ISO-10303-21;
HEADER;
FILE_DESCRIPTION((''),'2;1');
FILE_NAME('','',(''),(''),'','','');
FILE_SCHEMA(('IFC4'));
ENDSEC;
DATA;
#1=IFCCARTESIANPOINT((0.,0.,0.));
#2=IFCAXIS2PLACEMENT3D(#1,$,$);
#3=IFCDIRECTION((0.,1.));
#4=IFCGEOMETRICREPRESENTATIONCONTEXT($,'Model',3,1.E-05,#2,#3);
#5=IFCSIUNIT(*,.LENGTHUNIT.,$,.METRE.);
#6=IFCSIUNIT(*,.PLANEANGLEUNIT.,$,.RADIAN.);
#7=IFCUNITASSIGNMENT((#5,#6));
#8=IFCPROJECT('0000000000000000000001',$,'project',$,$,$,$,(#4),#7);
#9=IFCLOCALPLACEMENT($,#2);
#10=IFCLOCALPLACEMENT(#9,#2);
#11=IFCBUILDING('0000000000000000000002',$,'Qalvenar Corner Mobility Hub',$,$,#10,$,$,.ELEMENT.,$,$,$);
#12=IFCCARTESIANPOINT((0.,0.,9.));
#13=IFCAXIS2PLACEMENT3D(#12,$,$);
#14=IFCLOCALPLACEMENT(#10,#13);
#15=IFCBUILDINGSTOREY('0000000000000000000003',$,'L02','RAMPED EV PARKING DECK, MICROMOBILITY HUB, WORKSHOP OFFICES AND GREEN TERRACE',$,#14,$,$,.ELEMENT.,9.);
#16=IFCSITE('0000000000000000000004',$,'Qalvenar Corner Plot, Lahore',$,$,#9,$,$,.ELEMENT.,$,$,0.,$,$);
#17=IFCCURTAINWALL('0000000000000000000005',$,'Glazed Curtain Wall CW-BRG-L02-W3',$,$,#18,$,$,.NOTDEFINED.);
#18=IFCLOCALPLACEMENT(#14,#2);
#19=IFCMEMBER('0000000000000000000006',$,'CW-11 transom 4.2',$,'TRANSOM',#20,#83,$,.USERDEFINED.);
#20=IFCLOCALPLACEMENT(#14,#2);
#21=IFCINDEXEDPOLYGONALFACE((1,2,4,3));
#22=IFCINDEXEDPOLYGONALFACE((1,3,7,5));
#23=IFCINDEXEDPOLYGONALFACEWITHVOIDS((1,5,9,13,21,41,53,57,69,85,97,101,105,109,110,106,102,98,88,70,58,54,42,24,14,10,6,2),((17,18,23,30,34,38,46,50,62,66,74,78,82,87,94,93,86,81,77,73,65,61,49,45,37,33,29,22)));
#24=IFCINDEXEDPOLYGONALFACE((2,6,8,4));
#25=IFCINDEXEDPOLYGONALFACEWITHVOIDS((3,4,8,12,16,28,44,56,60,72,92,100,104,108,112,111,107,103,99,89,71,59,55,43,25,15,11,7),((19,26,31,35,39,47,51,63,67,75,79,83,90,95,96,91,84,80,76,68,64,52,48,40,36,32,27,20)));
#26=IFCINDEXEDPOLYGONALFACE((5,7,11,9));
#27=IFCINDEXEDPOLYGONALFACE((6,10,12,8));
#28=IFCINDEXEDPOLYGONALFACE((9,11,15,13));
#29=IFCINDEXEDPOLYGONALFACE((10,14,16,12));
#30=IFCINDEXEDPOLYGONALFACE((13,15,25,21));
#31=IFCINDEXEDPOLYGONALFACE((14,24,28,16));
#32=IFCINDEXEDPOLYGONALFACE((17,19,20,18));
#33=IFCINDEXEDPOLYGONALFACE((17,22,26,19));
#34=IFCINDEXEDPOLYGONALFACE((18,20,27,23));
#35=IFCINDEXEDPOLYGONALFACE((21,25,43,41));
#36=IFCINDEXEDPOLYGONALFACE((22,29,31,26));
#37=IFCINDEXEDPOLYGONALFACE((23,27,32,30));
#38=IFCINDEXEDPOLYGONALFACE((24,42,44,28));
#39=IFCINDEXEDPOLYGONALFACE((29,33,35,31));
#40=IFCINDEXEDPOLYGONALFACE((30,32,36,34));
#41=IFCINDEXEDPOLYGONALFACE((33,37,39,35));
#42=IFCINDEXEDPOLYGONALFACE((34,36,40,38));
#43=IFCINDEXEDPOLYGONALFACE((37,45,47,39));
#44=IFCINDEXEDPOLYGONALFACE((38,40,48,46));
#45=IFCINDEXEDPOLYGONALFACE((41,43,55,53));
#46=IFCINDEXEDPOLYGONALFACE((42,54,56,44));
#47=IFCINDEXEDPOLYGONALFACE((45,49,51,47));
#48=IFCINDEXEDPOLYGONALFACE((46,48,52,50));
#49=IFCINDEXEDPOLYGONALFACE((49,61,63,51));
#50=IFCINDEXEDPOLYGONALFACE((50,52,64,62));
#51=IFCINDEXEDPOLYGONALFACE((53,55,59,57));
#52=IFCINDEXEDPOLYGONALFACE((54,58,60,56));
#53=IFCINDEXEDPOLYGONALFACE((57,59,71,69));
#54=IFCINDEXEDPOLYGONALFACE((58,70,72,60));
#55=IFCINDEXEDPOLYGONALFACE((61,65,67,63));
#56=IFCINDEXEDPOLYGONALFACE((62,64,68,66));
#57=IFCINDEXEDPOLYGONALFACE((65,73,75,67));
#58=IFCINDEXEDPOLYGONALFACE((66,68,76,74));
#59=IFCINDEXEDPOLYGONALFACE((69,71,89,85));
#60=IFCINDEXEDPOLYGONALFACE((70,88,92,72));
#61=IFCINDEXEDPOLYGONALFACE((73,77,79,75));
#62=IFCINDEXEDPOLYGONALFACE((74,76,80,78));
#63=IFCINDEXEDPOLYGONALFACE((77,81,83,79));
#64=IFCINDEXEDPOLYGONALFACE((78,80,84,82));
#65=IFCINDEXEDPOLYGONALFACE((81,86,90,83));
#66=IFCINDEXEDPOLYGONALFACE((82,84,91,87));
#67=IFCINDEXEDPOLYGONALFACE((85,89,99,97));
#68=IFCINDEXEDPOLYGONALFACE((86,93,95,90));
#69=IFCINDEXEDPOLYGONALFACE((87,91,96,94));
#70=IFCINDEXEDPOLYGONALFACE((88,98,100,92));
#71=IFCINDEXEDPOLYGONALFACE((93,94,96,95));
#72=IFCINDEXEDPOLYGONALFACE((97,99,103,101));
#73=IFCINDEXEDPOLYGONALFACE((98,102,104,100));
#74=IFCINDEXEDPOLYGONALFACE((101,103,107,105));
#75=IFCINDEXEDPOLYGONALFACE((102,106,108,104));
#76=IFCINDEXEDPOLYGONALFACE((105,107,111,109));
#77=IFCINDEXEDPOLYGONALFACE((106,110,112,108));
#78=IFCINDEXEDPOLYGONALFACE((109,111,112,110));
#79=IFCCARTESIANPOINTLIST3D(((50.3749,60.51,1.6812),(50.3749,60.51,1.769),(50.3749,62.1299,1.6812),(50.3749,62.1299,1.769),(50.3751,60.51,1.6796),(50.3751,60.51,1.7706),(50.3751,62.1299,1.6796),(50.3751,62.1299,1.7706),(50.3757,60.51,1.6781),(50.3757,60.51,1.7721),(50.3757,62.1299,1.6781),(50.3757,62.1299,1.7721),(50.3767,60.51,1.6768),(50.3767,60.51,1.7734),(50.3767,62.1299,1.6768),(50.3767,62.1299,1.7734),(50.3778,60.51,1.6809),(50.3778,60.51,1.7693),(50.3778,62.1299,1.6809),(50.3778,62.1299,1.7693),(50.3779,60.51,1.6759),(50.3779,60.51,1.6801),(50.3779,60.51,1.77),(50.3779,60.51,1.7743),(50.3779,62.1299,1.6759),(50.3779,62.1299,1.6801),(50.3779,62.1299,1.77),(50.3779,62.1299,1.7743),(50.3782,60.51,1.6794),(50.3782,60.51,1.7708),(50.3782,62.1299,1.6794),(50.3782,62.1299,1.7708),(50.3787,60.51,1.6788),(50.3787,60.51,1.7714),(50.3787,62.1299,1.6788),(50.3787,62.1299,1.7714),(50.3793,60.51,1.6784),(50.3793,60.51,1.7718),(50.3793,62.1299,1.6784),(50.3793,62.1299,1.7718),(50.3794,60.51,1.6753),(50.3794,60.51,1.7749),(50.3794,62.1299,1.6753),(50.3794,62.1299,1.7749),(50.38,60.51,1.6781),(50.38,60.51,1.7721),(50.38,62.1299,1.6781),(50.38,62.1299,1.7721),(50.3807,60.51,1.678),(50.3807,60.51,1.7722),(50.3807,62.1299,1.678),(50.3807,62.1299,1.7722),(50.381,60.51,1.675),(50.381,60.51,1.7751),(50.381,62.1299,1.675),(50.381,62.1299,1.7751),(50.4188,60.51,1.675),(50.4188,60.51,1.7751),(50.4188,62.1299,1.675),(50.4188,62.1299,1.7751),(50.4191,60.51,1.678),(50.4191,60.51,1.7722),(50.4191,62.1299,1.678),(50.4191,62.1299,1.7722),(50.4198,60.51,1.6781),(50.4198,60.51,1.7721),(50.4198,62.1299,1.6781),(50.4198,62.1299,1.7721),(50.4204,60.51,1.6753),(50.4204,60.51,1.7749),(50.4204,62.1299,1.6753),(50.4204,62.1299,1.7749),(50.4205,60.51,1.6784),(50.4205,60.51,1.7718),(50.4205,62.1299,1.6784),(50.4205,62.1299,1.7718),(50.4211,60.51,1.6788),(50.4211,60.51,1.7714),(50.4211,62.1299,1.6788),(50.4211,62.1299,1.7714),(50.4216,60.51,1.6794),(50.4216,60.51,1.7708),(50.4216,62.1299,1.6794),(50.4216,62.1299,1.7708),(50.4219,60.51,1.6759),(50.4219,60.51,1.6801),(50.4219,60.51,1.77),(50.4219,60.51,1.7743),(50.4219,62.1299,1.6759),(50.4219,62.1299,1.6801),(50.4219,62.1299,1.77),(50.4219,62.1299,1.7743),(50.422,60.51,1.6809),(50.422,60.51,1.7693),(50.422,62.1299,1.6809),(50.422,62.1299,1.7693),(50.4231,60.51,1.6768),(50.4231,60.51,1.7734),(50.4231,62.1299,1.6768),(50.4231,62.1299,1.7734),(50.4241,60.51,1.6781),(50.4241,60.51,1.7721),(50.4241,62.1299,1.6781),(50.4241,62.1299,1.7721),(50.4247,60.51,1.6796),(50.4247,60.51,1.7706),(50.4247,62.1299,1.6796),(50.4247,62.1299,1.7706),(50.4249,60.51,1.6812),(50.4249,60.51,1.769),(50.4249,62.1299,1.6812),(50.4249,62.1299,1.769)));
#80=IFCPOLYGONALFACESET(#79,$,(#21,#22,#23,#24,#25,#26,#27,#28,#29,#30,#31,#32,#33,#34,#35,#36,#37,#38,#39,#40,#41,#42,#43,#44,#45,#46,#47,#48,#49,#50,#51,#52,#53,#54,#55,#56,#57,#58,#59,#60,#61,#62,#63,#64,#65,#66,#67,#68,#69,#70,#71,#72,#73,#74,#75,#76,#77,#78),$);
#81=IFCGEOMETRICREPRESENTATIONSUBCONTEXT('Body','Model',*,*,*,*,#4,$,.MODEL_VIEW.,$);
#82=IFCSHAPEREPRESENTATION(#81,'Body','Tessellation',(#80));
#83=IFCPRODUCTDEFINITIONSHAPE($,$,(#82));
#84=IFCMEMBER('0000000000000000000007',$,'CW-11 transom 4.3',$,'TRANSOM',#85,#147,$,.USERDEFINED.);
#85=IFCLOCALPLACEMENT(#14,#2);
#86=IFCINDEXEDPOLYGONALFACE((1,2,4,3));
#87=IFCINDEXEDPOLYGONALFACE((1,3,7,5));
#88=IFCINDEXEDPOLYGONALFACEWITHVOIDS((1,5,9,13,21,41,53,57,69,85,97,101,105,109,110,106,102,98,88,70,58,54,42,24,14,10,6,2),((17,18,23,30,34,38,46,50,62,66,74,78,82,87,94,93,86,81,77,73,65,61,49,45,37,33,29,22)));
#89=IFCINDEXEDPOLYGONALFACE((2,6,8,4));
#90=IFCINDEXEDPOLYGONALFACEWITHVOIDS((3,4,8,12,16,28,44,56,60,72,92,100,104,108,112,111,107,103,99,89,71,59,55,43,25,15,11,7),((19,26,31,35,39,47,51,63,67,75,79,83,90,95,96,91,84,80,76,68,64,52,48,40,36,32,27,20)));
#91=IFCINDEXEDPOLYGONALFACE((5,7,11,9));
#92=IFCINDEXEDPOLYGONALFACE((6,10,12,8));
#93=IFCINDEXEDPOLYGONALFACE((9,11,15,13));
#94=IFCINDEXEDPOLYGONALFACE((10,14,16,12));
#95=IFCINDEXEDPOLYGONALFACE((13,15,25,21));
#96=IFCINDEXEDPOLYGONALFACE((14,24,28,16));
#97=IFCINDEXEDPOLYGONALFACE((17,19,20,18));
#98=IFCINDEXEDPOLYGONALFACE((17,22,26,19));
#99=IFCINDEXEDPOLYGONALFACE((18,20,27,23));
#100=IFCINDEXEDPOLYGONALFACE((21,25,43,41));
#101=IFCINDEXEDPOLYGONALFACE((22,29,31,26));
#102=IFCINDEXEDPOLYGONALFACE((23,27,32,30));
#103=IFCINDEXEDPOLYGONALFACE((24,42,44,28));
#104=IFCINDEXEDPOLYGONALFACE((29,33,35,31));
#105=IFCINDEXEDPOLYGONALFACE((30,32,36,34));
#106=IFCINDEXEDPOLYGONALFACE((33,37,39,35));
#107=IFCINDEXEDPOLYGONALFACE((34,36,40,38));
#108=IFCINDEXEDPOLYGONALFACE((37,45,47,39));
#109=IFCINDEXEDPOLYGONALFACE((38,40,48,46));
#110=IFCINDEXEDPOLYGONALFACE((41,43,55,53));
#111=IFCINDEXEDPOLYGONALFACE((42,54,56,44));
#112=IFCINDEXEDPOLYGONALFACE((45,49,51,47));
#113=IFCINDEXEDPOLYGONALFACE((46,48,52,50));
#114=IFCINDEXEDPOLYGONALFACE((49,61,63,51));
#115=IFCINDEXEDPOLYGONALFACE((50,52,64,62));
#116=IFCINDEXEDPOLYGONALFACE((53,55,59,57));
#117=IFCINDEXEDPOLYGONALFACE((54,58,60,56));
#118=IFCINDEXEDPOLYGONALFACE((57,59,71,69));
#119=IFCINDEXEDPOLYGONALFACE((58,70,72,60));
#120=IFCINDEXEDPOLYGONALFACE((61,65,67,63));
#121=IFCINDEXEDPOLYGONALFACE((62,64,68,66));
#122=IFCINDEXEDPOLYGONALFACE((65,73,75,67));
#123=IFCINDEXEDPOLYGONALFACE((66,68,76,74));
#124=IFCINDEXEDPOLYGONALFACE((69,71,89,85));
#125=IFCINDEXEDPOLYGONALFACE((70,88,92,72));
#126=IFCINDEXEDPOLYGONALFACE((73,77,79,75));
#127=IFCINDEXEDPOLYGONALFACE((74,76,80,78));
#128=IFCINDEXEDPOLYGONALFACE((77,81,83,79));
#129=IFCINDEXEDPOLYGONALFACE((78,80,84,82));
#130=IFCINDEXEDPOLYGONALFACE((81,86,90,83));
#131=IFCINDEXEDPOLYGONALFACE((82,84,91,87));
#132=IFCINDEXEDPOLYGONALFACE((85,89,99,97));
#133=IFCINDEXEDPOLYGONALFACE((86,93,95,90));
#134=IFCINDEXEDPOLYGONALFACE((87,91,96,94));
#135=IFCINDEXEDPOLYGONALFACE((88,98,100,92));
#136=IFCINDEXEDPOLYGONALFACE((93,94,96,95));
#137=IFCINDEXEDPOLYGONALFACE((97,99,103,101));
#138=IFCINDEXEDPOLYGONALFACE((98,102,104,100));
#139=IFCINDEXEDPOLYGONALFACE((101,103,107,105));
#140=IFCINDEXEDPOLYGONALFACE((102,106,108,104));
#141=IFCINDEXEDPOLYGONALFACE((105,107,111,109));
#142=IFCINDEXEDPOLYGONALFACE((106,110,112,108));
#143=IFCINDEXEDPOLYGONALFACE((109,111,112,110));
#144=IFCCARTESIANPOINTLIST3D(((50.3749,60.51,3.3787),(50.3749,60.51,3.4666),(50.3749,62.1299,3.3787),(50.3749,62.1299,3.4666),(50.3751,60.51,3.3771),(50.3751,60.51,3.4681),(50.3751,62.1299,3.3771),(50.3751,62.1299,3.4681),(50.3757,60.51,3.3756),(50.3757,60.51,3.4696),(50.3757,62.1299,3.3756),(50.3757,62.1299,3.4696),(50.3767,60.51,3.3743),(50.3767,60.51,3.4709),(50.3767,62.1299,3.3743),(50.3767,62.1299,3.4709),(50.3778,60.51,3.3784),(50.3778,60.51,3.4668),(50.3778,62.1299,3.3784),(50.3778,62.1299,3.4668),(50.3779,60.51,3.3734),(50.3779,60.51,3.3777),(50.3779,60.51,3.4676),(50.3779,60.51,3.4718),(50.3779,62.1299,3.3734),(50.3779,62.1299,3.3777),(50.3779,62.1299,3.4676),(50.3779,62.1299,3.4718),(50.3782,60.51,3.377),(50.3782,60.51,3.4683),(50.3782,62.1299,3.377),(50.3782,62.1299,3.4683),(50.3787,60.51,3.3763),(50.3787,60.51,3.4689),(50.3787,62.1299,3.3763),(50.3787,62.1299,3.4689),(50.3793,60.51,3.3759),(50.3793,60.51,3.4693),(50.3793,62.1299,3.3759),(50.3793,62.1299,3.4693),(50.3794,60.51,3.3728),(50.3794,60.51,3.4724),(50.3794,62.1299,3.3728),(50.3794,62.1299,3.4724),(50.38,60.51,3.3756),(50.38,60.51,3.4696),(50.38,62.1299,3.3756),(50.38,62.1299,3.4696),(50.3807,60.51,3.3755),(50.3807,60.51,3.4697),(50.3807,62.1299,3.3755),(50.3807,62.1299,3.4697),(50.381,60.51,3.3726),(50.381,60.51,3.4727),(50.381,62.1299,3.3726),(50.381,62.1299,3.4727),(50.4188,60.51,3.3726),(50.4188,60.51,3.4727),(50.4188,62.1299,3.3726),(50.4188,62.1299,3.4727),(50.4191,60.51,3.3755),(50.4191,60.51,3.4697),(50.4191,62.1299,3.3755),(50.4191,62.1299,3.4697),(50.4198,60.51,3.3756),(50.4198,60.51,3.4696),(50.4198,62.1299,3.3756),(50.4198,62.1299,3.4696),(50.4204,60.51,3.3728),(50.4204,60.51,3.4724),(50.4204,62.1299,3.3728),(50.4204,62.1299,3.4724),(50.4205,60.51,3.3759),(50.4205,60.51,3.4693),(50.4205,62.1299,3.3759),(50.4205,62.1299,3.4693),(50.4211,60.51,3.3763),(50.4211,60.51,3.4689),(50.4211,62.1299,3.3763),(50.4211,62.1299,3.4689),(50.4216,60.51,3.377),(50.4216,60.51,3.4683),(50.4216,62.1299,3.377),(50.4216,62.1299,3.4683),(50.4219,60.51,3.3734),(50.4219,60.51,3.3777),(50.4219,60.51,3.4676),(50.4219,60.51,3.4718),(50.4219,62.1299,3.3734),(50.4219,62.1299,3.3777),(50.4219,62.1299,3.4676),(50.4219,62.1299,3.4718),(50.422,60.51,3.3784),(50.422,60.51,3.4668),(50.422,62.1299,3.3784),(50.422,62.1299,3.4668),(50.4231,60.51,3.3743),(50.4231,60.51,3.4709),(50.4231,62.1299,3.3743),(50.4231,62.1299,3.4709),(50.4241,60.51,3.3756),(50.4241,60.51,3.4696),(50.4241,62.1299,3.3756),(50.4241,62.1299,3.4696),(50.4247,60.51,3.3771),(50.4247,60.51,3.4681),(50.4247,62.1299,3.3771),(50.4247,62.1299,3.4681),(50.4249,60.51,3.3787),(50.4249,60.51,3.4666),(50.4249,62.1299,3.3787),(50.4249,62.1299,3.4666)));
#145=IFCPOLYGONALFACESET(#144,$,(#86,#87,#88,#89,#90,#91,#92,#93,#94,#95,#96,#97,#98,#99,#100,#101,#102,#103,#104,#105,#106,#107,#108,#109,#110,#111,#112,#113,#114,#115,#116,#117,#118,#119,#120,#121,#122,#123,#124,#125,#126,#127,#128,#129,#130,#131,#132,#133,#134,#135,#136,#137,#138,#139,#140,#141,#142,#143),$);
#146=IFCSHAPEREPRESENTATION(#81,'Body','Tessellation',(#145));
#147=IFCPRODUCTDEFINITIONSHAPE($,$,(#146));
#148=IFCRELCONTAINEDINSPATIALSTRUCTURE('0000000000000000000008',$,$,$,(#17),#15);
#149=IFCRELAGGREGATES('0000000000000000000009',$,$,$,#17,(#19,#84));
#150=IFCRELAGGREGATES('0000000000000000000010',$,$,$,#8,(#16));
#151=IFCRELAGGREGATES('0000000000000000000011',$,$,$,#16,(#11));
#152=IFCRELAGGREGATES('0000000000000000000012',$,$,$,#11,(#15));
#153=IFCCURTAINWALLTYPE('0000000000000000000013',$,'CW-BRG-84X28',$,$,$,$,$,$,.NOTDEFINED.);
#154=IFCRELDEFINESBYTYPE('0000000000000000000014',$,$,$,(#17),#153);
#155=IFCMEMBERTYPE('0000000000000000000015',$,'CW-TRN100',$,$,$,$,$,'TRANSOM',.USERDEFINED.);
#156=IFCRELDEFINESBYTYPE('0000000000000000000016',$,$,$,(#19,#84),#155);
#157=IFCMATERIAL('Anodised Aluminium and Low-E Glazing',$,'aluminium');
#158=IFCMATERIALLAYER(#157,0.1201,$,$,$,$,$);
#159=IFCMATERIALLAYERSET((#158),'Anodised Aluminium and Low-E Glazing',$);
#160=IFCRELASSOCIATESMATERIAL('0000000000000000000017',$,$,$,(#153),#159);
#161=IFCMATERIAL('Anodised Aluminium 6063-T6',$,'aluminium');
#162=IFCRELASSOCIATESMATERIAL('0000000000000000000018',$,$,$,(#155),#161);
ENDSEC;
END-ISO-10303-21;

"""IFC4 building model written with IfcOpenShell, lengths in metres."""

from ifc_helpers import new_model, si_unit, direction, frame, origin, origin_2d, place, context, subcontext, project, spatial, hollow_rectangle, extrude, material, layer, layer_set, material_profile, profile_set, type_object, element, aggregate, save


model = new_model("IFC4")

# Units and contexts
model_context = context("Model", 3, precision=1e-05, world=origin(), true_north=direction((0.0, 1.0)))
body_context = subcontext(model_context, "Body", "Model", "MODEL_VIEW")
ifc_project = project(units=[si_unit("LENGTHUNIT", "METRE"), si_unit("PLANEANGLEUNIT", "RADIAN")], contexts=[model_context])

# Site, building, storey
site_placement = place(None, origin())
site = spatial("IfcSite", under=ifc_project, at=site_placement, Name="Qalvenar Corner Plot, Lahore", CompositionType="ELEMENT", RefElevation=0.0)
building_placement = place(site_placement, origin())
building = spatial("IfcBuilding", under=site, at=building_placement, Name="Qalvenar Corner Mobility Hub", CompositionType="ELEMENT")
storey_placement = place(building_placement, frame((0.0, 0.0, 9.0)))
storey = spatial("IfcBuildingStorey", under=building, at=storey_placement, Name="L02", Description="RAMPED EV PARKING DECK, MICROMOBILITY HUB, WORKSHOP OFFICES AND GREEN TERRACE", CompositionType="ELEMENT", Elevation=9.0)

# Curtain wall, members
ifc_material_1 = material(Name="Anodised Aluminium and Low-E Glazing", Category="aluminium")
ifc_layer_1 = layer(ifc_material_1, 0.1201)
ifc_layer_set_1 = layer_set([ifc_layer_1], Name="Anodised Aluminium and Low-E Glazing")
curtain_wall_type = type_object("IfcCurtainWallType", Name="CW-BRG-84X28", PredefinedType="NOTDEFINED", material=ifc_layer_set_1)
curtain_wall_placement = place(storey_placement, origin())
curtain_wall = element("IfcCurtainWall", 1, at=curtain_wall_placement, inside=storey, type_object=curtain_wall_type, Name="Glazed Curtain Wall CW-BRG-L02-W3", PredefinedType="NOTDEFINED")
ifc_material_2 = material(Name="Anodised Aluminium 6063-T6", Category="aluminium")
ifc_material_profile_1 = material_profile(ifc_material_2, hollow_rectangle(XDim=0.05, YDim=0.1001, WallThickness=0.0029, InnerFilletRadius=0.0029, OuterFilletRadius=0.0061, at=origin_2d()), Name="RHS100x50x3")
ifc_profile_set_1 = profile_set([ifc_material_profile_1], Name="Anodised Aluminium 6063-T6")
member_type_1 = type_object("IfcMemberType", Name="CW-TRN100", ElementType="TRANSOM", PredefinedType="USERDEFINED", material=ifc_profile_set_1)
member_1_placement = place(storey_placement, frame((50.3999, 62.1299, 1.7251), z_axis=(0.0, -1.0, 0.0), x_axis=(1.0, 0.0, 0.0)))
member_1 = element("IfcMember", 2, at=member_1_placement, type_object=member_type_1, Name="CW-11 transom 4.2", ObjectType="TRANSOM", PredefinedType="USERDEFINED", context=body_context, shape_type="SweptSolid", body=[
    extrude(hollow_rectangle(XDim=0.05, YDim=0.1001, WallThickness=0.0029, InnerFilletRadius=0.0029, OuterFilletRadius=0.0061, at=origin_2d()), origin(), (0.0, 0.0, 1.0), 1.6199),
])
member_2_placement = place(storey_placement, frame((50.3999, 62.1299, 3.4226), z_axis=(0.0, -1.0, 0.0), x_axis=(1.0, 0.0, 0.0)))
member_2 = element("IfcMember", 3, at=member_2_placement, type_object=member_type_1, Name="CW-11 transom 4.3", ObjectType="TRANSOM", PredefinedType="USERDEFINED", context=body_context, shape_type="SweptSolid", body=[
    extrude(hollow_rectangle(XDim=0.05, YDim=0.1001, WallThickness=0.0029, InnerFilletRadius=0.0029, OuterFilletRadius=0.0061, at=origin_2d()), origin(), (0.0, 0.0, 1.0), 1.6199),
])
aggregate(curtain_wall, [member_1, member_2])

save(model, "model.ifc")
